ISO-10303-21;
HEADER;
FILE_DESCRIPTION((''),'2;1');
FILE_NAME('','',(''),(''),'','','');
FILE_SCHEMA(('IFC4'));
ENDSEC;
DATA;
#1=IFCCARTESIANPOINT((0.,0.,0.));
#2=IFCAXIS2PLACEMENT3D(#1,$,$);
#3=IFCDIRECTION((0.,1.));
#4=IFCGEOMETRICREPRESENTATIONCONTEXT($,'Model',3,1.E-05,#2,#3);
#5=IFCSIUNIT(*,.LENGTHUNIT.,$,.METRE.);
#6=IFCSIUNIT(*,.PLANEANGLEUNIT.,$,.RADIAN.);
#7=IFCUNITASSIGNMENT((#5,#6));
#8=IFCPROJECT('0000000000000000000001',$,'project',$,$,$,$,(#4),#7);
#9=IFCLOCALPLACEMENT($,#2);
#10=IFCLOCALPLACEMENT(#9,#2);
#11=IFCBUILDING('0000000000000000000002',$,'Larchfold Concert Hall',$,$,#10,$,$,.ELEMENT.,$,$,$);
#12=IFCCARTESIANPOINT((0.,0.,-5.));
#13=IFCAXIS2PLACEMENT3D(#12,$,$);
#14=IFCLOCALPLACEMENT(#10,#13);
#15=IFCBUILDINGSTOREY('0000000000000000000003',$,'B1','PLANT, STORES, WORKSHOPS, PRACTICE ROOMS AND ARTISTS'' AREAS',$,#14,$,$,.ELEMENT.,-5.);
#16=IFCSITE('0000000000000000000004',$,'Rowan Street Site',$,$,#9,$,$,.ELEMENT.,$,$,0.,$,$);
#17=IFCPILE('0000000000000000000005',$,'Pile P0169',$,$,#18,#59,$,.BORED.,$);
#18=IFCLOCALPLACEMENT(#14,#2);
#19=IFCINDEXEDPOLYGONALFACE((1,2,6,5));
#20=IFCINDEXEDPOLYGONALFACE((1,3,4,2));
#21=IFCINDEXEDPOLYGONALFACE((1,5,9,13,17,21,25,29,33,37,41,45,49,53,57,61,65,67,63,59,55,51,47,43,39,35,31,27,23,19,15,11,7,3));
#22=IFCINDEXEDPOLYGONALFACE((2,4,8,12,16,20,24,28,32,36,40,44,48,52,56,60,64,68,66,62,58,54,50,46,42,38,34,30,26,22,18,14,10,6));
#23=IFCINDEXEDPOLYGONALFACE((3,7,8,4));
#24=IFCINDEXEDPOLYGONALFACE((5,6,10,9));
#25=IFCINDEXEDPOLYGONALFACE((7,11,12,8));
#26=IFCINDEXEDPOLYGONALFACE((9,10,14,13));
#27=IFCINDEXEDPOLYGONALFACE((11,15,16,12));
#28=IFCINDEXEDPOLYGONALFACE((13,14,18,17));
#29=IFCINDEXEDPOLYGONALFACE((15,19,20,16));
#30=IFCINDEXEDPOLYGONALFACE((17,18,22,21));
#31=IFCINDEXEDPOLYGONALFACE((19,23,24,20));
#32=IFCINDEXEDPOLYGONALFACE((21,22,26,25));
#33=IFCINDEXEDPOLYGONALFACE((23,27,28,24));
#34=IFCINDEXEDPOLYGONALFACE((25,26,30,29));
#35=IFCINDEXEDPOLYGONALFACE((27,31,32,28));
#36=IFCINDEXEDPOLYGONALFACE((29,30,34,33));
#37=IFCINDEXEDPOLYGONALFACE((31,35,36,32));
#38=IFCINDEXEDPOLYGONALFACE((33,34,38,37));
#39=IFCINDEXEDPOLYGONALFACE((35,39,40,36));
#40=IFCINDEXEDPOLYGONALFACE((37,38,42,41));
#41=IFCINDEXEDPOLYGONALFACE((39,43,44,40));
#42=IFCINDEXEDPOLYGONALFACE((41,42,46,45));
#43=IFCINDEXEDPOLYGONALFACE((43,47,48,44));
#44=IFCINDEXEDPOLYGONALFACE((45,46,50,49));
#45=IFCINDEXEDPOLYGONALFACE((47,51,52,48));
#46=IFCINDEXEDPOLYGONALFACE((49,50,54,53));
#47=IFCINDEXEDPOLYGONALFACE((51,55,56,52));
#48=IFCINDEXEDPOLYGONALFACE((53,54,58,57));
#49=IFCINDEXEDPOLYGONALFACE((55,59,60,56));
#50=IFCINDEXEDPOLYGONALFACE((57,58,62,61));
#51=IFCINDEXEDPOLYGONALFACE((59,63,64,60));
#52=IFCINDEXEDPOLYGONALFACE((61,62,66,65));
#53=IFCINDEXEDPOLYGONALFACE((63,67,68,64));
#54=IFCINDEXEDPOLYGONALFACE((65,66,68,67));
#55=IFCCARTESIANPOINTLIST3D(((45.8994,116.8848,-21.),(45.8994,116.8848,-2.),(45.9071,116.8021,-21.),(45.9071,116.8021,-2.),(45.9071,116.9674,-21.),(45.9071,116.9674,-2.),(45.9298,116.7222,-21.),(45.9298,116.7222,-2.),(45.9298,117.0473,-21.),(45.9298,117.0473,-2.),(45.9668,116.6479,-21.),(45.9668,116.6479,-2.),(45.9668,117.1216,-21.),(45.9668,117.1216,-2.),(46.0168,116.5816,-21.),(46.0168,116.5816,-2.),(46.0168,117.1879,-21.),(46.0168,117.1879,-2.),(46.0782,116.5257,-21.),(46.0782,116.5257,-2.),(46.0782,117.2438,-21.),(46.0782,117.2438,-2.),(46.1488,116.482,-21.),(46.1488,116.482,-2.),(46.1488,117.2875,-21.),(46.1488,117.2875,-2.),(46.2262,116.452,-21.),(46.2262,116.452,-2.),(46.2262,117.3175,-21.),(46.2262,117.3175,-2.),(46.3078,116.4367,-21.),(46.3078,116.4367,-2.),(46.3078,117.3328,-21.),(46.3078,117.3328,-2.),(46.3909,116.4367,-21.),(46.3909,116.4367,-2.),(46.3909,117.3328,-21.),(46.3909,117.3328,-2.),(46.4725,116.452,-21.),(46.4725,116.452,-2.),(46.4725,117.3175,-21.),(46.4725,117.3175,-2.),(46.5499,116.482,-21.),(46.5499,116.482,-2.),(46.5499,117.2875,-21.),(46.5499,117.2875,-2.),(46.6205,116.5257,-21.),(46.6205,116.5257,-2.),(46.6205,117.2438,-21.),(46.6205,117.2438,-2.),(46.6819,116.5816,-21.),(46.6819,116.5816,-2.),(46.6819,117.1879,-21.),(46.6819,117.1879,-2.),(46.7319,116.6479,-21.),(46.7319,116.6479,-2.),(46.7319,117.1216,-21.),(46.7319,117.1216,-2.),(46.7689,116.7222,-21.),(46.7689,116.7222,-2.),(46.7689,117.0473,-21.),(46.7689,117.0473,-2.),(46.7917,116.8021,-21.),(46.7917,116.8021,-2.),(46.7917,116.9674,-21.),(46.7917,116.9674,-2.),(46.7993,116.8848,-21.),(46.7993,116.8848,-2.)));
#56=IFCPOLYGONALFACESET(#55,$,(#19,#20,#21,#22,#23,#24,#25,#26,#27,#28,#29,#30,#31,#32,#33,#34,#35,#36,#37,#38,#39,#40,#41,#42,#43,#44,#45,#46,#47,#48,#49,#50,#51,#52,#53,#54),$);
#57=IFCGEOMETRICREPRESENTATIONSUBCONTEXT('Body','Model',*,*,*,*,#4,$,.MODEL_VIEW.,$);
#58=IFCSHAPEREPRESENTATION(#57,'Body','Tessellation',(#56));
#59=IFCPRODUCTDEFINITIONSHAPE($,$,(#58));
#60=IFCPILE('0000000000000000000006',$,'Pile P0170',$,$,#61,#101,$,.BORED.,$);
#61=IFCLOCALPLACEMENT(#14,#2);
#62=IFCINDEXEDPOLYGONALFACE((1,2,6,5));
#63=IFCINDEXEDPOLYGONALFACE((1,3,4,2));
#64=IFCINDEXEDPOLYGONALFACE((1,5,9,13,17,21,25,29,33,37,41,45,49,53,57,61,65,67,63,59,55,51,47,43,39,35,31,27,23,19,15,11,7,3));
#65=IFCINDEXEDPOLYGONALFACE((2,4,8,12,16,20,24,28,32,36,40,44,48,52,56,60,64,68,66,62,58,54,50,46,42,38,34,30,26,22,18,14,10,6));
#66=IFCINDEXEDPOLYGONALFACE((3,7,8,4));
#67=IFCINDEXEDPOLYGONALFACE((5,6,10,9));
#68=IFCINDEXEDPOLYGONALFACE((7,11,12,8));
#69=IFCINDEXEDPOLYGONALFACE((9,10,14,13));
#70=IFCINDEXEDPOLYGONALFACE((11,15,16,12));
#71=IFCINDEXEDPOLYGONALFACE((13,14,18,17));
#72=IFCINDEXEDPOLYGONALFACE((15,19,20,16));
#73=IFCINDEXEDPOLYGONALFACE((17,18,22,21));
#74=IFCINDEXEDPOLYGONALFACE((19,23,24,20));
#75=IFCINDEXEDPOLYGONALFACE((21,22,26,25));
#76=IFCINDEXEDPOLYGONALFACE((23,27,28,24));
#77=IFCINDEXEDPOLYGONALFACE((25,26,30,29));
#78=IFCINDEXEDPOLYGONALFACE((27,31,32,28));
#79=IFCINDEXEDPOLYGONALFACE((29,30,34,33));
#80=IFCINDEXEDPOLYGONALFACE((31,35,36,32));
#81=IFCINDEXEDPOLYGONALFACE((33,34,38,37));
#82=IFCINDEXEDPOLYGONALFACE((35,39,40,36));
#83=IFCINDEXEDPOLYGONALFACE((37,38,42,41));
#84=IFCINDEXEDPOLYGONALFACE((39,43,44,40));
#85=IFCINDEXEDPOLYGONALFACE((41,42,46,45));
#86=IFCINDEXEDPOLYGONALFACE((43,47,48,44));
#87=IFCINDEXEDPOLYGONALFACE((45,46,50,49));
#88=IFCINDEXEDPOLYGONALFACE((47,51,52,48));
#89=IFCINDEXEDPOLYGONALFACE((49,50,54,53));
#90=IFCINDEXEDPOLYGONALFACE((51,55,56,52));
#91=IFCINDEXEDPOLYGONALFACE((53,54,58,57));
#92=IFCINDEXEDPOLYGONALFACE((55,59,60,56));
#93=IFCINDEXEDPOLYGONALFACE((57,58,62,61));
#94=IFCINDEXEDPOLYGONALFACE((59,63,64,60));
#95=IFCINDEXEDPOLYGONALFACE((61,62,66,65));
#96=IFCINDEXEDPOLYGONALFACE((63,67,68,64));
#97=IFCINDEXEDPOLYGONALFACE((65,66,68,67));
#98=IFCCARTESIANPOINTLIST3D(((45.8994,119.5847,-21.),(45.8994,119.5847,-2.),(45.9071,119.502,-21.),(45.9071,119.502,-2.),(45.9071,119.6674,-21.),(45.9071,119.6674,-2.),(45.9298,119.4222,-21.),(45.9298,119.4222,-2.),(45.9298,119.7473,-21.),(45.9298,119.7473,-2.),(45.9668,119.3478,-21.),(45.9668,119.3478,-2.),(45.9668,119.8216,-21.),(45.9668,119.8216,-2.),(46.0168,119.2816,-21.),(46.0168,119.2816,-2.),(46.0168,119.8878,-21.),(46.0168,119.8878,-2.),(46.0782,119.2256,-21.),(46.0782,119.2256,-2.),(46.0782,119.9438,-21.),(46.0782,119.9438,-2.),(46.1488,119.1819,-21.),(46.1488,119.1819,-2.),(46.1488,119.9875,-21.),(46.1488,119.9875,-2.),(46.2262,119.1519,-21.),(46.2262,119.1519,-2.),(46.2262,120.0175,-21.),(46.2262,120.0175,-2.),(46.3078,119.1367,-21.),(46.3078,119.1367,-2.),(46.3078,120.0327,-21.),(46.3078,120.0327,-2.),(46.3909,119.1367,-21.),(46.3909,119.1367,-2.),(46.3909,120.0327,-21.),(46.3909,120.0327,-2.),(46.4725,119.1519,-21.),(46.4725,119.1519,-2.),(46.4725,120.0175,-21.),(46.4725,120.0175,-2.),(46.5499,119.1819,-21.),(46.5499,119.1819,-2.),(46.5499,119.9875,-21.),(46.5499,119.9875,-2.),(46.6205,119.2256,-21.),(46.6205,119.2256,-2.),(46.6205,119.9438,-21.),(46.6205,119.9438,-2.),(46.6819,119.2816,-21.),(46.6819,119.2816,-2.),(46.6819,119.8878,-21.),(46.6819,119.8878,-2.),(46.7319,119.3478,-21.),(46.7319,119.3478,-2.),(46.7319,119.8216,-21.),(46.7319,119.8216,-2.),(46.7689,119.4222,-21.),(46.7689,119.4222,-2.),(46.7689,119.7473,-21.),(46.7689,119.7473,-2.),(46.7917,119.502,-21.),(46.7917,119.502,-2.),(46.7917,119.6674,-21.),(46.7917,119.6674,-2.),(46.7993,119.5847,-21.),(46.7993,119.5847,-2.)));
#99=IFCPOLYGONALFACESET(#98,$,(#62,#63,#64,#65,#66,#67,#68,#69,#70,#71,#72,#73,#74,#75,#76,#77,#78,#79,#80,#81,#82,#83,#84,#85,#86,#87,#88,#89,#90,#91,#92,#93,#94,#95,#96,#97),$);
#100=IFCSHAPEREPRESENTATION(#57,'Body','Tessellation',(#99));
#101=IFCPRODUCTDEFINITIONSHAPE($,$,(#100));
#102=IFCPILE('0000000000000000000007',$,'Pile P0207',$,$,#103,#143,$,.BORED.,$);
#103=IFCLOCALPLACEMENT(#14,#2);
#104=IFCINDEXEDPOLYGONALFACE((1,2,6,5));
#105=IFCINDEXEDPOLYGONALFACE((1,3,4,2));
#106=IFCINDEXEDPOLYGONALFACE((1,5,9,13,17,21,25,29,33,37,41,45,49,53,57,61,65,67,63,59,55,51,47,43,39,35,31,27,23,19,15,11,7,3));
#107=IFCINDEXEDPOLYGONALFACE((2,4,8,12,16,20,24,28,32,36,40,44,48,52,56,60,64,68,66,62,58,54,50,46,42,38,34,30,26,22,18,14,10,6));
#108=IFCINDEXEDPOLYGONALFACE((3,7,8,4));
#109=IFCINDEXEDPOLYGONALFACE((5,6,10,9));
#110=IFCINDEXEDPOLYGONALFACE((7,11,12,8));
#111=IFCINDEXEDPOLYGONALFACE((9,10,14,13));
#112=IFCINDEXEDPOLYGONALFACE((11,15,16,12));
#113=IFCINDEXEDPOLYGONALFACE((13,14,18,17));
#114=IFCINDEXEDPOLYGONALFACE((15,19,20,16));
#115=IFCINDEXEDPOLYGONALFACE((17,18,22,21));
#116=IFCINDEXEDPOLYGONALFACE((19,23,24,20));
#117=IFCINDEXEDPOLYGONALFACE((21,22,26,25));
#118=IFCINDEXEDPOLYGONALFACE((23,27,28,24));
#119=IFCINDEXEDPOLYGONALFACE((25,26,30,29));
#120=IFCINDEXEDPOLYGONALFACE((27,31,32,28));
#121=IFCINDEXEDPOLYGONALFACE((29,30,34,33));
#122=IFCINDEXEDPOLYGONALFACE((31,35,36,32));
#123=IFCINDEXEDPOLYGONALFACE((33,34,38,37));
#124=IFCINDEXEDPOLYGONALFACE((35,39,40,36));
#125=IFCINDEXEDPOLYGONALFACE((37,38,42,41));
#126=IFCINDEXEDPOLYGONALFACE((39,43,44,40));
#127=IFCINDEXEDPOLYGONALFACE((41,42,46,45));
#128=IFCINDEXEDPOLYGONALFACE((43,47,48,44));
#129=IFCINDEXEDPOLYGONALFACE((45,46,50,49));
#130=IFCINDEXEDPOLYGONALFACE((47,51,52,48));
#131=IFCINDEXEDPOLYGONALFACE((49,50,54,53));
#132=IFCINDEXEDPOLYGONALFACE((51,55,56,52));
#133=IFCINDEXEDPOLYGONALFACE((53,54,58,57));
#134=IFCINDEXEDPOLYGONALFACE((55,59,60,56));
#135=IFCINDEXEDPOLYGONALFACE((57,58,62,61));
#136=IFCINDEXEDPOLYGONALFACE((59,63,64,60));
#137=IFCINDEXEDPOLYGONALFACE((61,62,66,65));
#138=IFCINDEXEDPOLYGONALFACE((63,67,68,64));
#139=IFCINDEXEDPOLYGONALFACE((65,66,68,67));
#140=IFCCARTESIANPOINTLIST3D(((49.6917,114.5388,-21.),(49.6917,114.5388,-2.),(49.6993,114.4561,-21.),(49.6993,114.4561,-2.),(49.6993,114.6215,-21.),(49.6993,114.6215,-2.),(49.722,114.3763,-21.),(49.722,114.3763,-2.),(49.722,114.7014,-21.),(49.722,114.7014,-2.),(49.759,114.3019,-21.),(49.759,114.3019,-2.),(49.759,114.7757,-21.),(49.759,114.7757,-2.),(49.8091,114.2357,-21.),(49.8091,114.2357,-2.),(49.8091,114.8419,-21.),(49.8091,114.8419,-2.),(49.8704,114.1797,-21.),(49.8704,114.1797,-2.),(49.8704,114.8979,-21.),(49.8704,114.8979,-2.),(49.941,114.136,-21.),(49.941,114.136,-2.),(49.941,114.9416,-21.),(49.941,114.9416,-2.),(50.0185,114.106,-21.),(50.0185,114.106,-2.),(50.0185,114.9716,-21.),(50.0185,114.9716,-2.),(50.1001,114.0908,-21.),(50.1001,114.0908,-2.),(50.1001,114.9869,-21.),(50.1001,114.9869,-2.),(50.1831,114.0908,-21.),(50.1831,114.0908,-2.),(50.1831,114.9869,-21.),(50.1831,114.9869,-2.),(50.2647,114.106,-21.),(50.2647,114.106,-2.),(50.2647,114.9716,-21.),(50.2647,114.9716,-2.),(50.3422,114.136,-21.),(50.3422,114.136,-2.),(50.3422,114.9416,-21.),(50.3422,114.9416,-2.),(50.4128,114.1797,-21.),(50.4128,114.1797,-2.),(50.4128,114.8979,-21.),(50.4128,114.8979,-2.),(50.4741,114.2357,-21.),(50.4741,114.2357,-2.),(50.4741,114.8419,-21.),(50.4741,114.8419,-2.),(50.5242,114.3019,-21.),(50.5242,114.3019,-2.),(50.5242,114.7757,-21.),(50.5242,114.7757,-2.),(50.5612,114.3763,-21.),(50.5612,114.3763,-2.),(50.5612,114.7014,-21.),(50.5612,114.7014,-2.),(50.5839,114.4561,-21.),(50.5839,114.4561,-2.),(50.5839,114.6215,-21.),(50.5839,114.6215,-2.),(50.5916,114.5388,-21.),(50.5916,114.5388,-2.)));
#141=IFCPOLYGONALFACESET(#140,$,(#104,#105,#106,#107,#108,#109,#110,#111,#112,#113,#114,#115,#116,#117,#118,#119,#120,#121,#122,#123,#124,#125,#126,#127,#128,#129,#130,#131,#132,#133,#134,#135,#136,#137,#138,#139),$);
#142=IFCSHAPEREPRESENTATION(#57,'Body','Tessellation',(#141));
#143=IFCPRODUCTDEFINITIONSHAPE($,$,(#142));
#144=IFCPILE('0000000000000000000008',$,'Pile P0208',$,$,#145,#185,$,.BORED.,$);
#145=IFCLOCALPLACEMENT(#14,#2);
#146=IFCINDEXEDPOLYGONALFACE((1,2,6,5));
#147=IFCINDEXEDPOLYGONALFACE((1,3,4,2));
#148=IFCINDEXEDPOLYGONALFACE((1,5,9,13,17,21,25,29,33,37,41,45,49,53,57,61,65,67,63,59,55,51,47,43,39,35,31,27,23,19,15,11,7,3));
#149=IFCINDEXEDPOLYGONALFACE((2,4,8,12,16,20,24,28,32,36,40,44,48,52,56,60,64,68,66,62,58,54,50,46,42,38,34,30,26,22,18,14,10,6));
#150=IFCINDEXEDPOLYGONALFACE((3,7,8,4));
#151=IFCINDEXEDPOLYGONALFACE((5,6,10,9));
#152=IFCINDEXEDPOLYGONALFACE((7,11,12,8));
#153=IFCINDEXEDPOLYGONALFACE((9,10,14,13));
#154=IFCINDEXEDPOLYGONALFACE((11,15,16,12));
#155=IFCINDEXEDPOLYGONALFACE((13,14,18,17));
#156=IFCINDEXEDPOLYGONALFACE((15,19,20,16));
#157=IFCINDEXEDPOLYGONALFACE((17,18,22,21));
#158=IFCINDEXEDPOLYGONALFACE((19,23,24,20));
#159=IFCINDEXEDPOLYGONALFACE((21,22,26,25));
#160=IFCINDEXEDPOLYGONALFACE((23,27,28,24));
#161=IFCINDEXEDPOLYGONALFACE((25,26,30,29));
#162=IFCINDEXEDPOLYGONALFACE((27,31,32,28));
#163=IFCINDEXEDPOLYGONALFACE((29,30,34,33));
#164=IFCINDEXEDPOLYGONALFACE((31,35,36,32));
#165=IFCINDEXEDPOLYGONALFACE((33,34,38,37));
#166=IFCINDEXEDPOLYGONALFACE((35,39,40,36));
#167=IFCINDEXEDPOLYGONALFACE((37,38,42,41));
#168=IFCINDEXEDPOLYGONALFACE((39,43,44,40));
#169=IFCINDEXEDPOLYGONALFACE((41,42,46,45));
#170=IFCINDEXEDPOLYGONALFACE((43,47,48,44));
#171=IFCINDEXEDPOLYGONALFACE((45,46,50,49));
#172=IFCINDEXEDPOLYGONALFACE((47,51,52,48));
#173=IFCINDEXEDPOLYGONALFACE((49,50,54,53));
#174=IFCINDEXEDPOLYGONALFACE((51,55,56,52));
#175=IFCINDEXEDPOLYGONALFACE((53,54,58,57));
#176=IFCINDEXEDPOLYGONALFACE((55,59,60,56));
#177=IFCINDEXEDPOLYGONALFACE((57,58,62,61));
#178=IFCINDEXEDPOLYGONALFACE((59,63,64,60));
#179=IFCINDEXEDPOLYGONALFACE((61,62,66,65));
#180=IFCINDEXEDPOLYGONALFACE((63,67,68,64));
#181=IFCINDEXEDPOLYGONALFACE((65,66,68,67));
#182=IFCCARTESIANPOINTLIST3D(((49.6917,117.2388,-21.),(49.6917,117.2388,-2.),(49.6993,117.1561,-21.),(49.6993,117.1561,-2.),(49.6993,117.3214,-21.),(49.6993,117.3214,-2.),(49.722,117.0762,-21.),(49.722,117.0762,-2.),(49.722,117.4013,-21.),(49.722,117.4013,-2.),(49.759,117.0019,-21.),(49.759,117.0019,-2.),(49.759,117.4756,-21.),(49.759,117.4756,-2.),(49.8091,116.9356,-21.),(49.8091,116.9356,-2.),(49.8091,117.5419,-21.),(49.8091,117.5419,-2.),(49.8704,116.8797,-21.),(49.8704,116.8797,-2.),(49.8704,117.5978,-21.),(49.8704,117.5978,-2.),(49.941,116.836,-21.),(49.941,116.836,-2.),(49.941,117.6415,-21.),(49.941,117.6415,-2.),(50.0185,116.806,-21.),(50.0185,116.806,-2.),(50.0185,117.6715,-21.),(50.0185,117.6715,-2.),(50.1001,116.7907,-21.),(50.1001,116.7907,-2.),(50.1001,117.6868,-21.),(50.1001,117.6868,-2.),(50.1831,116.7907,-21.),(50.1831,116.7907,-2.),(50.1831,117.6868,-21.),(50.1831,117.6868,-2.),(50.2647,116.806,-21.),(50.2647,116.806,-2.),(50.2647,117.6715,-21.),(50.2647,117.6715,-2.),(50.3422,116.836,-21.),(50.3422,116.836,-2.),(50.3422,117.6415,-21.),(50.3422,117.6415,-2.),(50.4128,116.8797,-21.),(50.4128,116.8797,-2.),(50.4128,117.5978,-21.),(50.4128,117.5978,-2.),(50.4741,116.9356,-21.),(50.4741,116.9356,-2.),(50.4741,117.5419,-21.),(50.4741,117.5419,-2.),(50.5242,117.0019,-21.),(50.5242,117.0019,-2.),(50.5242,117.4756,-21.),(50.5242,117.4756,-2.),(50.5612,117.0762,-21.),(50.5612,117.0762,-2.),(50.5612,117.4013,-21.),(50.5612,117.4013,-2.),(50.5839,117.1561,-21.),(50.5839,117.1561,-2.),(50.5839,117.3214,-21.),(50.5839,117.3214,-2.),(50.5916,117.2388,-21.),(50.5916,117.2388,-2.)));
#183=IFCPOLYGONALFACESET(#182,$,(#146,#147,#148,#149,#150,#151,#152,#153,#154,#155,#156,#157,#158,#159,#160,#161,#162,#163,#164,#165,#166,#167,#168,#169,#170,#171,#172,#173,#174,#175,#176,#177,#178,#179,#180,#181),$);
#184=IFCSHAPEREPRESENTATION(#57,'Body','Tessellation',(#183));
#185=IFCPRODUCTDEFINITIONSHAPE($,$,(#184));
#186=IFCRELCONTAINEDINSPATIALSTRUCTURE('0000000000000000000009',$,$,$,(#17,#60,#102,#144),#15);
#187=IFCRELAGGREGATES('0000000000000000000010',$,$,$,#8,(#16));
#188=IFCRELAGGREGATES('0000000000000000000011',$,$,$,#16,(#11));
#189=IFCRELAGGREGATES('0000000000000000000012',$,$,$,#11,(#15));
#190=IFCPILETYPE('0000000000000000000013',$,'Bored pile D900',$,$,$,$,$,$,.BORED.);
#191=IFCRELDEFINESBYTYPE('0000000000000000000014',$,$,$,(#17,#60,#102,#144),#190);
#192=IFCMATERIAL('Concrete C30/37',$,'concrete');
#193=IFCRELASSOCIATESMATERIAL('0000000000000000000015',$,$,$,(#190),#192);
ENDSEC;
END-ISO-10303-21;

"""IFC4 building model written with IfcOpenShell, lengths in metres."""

from ifc_helpers import new_model, si_unit, direction, frame, origin, origin_2d, place, context, subcontext, project, spatial, circle, extrude, material, material_profile, profile_set, type_object, element, save


model = new_model("IFC4")

# Units and contexts
model_context = context("Model", 3, precision=1e-05, world=origin(), true_north=direction((0.0, 1.0)))
body_context = subcontext(model_context, "Body", "Model", "MODEL_VIEW")
ifc_project = project(units=[si_unit("LENGTHUNIT", "METRE"), si_unit("PLANEANGLEUNIT", "RADIAN")], contexts=[model_context])

# Site, building, storey
site_placement = place(None, origin())
site = spatial("IfcSite", under=ifc_project, at=site_placement, Name="Rowan Street Site", CompositionType="ELEMENT", RefElevation=0.0)
building_placement = place(site_placement, origin())
building = spatial("IfcBuilding", under=site, at=building_placement, Name="Larchfold Concert Hall", CompositionType="ELEMENT")
storey_placement = place(building_placement, frame((0.0, 0.0, -5.0)))
storey = spatial("IfcBuildingStorey", under=building, at=storey_placement, Name="B1", Description="PLANT, STORES, WORKSHOPS, PRACTICE ROOMS AND ARTISTS' AREAS", CompositionType="ELEMENT", Elevation=-5.0)

# Piles
ifc_material_1 = material(Name="Concrete C30/37", Category="concrete")
ifc_material_profile_1 = material_profile(ifc_material_1, circle(Radius=0.45, at=origin_2d()))
ifc_profile_set_1 = profile_set([ifc_material_profile_1], Name="Concrete C30/37")
pile_type_1 = type_object("IfcPileType", Name="Bored pile D900", PredefinedType="BORED", material=ifc_profile_set_1)
for number, where, z_axis, x_axis, name in (
    (1, (46.3494, 116.8848, -2.0), (0.0, 0.0, -1.0), (1.0, 0.0, 0.0), "Pile P0169"),
    (2, (46.3494, 119.5847, -2.0), (0.0, 0.0, -1.0), (1.0, 0.0, 0.0), "Pile P0170"),
    (3, (50.1416, 114.5388, -2.0), (0.0, 0.0, -1.0), (1.0, 0.0, 0.0), "Pile P0207"),
    (4, (50.1416, 117.2388, -2.0), (0.0, 0.0, -1.0), (1.0, 0.0, 0.0), "Pile P0208"),
):
    element("IfcPile", number, at=place(storey_placement, frame(where, z_axis=z_axis, x_axis=x_axis)), inside=storey, type_object=pile_type_1, Name=name, PredefinedType="BORED", context=body_context, shape_type="SweptSolid", body=[
        extrude(circle(Radius=0.45, at=origin_2d()), origin(), (0.0, 0.0, 1.0), 19.0),
    ])

save(model, "model.ifc")
